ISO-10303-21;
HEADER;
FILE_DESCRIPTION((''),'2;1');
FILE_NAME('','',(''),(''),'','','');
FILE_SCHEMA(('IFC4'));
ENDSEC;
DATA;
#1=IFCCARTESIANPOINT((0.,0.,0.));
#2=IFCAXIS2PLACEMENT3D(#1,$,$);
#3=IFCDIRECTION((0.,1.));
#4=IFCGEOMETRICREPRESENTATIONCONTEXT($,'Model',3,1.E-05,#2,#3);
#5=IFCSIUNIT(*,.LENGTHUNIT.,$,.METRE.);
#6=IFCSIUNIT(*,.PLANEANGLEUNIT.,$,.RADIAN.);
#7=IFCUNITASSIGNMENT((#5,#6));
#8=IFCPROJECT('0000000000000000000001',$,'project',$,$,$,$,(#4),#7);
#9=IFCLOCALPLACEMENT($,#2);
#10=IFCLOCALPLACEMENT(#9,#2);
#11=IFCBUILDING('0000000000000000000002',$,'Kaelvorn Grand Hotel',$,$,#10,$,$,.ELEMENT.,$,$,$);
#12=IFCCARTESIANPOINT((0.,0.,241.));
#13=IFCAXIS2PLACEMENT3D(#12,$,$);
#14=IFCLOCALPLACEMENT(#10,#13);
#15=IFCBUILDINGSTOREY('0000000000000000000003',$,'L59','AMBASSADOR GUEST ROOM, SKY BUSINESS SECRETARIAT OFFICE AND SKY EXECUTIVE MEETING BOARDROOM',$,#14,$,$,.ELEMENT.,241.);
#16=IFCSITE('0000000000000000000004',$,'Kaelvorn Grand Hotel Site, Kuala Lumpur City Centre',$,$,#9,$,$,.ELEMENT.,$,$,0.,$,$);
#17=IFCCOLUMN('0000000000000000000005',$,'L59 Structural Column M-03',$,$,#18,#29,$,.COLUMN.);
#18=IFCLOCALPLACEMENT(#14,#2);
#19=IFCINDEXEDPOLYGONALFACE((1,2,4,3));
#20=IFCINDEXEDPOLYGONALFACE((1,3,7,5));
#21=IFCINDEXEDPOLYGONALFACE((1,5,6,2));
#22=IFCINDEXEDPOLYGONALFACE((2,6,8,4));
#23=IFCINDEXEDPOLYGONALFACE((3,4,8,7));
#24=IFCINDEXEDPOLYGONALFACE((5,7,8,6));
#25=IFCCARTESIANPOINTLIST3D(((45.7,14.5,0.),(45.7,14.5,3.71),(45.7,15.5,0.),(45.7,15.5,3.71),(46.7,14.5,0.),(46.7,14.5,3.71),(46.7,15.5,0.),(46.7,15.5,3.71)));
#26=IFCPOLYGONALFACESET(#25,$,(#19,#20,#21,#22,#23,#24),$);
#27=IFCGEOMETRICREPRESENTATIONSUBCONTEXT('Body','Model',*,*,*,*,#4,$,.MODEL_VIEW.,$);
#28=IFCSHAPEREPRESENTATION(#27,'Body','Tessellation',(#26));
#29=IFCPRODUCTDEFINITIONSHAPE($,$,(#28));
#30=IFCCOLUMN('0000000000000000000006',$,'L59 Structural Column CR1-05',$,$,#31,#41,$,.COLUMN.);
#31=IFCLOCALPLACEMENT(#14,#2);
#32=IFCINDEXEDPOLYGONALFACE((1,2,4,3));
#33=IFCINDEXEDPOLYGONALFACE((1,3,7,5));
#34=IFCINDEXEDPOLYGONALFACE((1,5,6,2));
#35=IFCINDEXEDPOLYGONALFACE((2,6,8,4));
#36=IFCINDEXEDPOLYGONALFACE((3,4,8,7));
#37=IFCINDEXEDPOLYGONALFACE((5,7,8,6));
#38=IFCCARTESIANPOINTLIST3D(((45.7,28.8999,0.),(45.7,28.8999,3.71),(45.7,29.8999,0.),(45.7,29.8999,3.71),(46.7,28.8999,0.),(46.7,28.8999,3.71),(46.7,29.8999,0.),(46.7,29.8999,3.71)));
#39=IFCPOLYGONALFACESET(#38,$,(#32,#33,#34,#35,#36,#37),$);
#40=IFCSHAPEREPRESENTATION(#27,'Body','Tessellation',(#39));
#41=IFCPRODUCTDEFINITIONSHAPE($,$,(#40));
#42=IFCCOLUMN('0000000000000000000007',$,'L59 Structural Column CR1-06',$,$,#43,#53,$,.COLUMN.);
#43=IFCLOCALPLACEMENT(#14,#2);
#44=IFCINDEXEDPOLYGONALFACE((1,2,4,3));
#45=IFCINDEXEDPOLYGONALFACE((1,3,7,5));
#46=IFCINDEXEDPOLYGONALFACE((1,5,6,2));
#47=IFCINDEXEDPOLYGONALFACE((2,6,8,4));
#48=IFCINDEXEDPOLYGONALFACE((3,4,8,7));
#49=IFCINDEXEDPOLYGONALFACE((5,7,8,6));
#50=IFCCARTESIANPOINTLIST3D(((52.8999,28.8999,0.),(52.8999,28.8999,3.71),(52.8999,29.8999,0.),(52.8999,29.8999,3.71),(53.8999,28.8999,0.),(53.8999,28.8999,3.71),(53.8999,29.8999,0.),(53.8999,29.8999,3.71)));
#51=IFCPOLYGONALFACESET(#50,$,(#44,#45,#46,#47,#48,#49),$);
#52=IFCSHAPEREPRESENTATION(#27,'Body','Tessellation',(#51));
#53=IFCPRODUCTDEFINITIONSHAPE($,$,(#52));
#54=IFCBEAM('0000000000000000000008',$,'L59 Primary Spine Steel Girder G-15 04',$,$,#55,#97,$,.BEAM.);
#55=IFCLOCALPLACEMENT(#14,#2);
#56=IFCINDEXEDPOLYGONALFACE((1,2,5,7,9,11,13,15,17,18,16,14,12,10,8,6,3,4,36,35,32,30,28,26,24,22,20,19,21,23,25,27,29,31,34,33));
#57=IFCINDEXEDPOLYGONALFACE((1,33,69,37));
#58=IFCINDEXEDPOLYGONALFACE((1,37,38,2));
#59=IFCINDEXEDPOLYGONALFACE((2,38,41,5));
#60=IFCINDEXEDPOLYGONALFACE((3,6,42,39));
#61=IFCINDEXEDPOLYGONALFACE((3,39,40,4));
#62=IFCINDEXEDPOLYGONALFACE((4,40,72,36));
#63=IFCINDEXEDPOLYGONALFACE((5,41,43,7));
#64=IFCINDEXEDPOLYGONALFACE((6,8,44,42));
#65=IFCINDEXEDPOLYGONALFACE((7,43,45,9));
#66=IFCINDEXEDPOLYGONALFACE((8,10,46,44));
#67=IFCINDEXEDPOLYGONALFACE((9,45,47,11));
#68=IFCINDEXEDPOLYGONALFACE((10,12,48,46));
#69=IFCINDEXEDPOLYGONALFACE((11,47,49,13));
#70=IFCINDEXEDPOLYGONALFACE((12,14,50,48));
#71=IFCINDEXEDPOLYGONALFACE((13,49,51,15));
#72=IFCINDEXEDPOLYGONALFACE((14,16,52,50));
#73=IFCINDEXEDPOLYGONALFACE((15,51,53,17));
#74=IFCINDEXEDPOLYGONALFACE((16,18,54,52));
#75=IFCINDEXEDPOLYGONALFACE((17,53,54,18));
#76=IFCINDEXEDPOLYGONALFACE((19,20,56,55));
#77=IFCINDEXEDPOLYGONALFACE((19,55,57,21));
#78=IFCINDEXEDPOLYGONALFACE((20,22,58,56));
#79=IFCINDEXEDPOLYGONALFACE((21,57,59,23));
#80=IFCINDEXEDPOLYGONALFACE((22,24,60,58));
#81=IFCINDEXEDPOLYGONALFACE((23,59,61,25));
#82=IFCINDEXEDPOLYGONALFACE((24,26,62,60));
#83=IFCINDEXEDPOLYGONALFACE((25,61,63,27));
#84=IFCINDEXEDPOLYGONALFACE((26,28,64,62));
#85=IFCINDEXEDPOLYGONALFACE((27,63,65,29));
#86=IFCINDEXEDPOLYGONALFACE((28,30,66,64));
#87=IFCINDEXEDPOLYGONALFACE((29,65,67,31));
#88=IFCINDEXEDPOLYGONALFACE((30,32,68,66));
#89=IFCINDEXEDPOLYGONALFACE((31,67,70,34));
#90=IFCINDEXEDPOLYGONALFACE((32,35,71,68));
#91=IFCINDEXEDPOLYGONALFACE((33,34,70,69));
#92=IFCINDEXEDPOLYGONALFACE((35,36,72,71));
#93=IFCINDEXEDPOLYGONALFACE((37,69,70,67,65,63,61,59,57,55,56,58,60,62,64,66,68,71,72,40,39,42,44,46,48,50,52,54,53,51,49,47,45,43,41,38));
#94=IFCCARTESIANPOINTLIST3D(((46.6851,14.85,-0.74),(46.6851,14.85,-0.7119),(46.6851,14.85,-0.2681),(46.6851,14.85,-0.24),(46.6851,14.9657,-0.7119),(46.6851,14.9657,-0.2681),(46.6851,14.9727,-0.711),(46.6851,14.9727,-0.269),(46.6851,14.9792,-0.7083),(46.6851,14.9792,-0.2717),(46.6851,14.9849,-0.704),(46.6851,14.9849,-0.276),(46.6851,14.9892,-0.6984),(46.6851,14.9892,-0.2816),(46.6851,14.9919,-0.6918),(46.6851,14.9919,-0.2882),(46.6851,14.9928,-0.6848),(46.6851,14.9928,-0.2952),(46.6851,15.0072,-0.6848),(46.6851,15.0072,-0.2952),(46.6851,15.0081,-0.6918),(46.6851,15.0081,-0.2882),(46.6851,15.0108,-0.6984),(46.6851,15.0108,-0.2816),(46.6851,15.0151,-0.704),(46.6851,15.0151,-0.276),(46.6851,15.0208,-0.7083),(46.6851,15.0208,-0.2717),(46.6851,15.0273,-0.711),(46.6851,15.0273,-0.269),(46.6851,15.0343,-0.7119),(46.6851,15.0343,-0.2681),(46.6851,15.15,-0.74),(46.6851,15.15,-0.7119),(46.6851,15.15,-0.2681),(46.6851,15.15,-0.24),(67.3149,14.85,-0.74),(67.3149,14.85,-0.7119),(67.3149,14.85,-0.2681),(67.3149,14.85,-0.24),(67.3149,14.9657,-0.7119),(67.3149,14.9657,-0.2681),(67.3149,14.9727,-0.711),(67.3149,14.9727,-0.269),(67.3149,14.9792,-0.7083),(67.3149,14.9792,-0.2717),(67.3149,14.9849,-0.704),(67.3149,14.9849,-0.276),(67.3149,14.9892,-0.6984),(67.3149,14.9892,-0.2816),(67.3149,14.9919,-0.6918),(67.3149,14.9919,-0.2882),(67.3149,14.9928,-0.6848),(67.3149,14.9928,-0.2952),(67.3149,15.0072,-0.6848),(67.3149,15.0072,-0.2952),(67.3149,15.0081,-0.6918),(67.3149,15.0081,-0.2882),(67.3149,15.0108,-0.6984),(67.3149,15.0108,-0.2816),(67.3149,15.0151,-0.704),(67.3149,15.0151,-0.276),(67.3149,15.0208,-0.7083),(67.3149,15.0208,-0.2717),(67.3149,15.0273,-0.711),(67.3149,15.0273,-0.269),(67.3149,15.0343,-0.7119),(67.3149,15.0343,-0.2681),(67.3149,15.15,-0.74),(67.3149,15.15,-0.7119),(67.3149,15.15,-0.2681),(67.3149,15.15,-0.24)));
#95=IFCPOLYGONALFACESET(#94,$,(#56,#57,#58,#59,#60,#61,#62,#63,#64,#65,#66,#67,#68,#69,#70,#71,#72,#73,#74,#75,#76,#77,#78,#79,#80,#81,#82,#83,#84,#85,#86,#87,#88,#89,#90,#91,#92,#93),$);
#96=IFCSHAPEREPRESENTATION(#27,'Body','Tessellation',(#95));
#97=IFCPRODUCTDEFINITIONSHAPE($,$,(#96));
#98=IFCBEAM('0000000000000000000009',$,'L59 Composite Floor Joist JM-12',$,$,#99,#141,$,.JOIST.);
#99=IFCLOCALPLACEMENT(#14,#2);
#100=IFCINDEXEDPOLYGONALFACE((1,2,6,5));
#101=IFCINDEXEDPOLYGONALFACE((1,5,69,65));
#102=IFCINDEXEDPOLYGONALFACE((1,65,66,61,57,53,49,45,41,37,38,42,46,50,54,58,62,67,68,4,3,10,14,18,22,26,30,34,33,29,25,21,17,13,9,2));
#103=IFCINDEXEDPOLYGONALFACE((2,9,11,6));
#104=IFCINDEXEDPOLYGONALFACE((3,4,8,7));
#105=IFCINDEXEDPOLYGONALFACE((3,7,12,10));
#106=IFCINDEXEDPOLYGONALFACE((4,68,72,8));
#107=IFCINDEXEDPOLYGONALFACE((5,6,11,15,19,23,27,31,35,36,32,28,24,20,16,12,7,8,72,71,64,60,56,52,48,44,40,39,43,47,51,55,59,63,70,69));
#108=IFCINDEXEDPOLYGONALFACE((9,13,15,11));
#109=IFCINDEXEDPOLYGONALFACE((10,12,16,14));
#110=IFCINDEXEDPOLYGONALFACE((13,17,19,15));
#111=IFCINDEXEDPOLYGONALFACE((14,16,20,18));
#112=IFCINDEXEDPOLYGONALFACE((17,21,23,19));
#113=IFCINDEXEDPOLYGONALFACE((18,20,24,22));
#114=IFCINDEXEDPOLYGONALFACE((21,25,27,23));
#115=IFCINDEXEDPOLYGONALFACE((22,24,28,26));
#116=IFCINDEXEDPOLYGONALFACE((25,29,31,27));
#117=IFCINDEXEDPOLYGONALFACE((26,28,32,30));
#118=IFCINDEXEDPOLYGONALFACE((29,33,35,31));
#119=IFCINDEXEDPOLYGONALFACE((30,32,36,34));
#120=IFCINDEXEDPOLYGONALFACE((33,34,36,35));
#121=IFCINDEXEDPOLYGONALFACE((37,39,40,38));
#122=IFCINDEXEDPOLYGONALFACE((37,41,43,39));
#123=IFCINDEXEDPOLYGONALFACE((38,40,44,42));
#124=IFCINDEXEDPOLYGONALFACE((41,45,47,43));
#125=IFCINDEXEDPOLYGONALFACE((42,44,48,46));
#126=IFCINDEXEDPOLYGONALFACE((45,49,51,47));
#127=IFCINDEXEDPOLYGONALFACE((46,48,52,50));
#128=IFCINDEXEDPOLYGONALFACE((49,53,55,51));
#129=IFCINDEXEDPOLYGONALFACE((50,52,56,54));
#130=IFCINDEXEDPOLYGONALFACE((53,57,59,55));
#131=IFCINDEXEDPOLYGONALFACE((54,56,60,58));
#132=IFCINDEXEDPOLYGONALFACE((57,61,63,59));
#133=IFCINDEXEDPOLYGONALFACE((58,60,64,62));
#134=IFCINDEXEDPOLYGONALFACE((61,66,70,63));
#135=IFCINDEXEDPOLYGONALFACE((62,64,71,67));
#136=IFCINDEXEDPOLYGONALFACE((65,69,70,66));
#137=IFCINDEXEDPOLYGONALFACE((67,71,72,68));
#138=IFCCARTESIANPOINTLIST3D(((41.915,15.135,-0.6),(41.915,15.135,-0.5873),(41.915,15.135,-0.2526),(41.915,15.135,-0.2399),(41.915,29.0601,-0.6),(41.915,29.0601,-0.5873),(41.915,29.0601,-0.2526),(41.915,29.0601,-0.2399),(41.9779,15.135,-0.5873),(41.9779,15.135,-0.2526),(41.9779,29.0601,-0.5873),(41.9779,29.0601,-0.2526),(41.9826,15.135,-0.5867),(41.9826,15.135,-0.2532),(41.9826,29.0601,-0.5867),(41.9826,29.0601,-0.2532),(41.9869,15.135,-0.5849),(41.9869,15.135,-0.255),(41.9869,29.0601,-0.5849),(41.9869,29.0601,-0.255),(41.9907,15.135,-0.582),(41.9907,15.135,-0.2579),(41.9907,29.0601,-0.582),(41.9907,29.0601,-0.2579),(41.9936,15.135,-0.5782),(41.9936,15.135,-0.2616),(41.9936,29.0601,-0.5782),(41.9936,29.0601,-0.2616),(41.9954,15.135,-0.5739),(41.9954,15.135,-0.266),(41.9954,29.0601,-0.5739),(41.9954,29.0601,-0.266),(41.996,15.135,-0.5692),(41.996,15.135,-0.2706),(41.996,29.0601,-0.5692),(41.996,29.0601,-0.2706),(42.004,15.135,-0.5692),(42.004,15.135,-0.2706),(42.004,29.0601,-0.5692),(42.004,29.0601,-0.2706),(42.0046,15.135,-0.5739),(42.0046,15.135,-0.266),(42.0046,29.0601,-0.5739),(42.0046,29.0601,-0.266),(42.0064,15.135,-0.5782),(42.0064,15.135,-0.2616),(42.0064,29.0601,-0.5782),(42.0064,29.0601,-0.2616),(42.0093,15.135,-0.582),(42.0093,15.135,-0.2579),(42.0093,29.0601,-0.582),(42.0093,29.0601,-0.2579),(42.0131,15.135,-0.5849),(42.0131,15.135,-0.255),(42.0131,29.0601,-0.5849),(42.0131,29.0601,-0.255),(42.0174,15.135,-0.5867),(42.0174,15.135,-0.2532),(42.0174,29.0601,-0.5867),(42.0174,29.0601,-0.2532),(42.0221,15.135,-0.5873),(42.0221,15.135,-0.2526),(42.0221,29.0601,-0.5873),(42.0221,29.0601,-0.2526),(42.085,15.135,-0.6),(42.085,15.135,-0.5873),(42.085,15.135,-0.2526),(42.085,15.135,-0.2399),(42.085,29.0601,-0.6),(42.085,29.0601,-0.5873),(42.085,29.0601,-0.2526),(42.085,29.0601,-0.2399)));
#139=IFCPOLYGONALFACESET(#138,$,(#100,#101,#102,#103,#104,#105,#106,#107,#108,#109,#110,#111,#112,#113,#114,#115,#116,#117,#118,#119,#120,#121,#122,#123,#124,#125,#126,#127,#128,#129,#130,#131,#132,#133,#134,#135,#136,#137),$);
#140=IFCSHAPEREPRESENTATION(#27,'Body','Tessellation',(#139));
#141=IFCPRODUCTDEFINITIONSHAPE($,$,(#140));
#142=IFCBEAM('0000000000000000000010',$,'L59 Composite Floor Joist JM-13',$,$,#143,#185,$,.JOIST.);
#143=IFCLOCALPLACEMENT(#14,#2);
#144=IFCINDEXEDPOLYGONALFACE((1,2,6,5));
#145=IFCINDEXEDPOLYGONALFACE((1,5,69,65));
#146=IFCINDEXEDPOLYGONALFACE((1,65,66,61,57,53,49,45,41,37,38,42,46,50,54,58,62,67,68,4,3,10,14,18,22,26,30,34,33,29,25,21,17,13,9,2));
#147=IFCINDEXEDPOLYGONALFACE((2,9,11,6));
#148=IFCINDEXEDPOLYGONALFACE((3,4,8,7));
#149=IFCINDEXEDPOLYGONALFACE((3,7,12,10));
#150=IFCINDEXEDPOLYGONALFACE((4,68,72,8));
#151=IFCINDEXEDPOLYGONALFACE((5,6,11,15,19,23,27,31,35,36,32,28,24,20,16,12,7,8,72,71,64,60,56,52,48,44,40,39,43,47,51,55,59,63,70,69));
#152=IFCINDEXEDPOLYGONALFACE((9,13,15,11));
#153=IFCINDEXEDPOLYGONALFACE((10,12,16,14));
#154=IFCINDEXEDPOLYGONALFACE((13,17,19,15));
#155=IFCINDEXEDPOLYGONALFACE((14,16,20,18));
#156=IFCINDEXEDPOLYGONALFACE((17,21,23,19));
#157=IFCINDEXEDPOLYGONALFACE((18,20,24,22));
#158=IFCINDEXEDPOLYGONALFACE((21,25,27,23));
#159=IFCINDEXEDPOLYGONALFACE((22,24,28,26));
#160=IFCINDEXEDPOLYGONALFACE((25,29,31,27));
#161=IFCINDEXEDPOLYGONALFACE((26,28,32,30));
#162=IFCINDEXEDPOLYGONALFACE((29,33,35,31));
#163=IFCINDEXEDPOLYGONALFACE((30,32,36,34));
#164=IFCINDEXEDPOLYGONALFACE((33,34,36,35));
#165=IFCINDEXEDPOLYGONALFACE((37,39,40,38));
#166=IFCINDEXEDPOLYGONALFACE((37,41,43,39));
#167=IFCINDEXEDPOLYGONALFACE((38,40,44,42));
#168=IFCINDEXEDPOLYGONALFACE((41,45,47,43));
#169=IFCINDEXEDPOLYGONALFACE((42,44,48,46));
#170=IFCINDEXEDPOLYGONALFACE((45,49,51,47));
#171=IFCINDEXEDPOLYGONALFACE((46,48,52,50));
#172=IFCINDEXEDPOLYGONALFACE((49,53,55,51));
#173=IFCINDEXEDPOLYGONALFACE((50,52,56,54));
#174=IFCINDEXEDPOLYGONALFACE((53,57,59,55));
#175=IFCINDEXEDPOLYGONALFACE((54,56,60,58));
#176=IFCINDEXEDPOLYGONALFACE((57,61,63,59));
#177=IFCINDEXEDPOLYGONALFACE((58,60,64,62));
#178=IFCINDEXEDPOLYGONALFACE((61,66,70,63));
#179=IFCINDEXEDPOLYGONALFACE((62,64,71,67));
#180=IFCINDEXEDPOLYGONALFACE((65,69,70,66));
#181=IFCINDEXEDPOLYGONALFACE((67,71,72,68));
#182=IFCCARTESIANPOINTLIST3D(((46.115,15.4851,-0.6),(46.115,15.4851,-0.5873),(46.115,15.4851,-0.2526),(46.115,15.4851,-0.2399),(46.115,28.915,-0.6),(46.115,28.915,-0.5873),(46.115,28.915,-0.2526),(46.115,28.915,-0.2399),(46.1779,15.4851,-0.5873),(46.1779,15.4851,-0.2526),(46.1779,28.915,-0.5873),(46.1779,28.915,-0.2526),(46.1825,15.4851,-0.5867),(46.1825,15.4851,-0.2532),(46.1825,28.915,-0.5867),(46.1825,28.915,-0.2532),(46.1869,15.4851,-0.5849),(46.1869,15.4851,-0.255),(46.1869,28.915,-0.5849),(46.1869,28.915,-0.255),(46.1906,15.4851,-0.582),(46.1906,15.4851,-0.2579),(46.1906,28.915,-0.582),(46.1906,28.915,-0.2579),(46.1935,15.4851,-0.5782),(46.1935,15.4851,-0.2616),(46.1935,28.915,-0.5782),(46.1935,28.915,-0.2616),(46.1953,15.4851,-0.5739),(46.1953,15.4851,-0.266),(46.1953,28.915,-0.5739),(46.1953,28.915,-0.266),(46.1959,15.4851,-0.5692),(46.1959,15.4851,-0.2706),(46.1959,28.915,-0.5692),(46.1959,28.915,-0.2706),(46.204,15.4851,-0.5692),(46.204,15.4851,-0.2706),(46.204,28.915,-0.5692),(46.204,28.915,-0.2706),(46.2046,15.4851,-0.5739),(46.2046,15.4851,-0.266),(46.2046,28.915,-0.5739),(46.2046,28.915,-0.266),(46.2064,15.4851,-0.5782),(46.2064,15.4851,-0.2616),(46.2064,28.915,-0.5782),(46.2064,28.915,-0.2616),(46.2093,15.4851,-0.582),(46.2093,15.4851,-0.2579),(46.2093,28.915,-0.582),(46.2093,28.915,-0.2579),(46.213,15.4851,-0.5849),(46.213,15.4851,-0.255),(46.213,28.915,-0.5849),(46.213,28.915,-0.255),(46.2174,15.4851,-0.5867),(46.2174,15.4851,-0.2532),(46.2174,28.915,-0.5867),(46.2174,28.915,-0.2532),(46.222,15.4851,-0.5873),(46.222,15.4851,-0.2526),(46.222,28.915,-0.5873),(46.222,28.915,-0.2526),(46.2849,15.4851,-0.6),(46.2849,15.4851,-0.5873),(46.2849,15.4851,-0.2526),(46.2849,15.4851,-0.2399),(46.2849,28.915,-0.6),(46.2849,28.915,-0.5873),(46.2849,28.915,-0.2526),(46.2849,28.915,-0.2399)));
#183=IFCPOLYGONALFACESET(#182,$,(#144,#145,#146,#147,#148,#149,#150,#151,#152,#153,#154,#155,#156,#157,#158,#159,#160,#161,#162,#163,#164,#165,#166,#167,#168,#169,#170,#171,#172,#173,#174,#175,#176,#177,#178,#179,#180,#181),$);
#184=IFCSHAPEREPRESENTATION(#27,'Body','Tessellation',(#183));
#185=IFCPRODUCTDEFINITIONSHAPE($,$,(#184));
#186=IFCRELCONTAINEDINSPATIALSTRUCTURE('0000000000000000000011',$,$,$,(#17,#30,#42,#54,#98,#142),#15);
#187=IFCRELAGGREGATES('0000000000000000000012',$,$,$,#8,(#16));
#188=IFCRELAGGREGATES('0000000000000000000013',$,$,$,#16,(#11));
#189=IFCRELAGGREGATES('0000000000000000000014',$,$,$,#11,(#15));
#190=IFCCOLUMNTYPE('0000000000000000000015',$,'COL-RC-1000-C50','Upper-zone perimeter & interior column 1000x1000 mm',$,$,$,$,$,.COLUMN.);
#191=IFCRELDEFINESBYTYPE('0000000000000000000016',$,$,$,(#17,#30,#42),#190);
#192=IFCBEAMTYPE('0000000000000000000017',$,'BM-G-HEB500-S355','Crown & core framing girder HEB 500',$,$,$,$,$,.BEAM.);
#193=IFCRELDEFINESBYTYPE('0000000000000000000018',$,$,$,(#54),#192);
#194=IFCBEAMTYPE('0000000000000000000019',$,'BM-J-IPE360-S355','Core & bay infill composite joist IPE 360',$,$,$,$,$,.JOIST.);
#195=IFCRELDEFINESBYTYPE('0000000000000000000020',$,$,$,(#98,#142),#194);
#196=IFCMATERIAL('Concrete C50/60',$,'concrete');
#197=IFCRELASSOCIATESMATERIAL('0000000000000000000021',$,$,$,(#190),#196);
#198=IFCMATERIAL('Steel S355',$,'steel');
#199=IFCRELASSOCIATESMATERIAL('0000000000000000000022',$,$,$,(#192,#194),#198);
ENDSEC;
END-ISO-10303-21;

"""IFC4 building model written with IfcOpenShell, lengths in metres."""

from ifc_helpers import new_model, si_unit, direction, frame, origin, origin_2d, place, context, subcontext, project, spatial, rectangle, i_section, extrude, material, material_profile, profile_set, type_object, element, save


model = new_model("IFC4")

# Units and contexts
model_context = context("Model", 3, precision=1e-05, world=origin(), true_north=direction((0.0, 1.0)))
body_context = subcontext(model_context, "Body", "Model", "MODEL_VIEW")
ifc_project = project(units=[si_unit("LENGTHUNIT", "METRE"), si_unit("PLANEANGLEUNIT", "RADIAN")], contexts=[model_context])

# Site, building, storey
site_placement = place(None, origin())
site = spatial("IfcSite", under=ifc_project, at=site_placement, Name="Kaelvorn Grand Hotel Site, Kuala Lumpur City Centre", CompositionType="ELEMENT", RefElevation=0.0)
building_placement = place(site_placement, origin())
building = spatial("IfcBuilding", under=site, at=building_placement, Name="Kaelvorn Grand Hotel", CompositionType="ELEMENT")
storey_placement = place(building_placement, frame((0.0, 0.0, 241.0)))
storey = spatial("IfcBuildingStorey", under=building, at=storey_placement, Name="L59", Description="AMBASSADOR GUEST ROOM, SKY BUSINESS SECRETARIAT OFFICE AND SKY EXECUTIVE MEETING BOARDROOM", CompositionType="ELEMENT", Elevation=241.0)

# Columns
ifc_material_1 = material(Name="Concrete C50/60", Category="concrete")
ifc_material_profile_1 = material_profile(ifc_material_1, rectangle(XDim=1.0, YDim=1.0, at=origin_2d()), Name="RC COL 1000x1000")
ifc_profile_set_1 = profile_set([ifc_material_profile_1], Name="Concrete C50/60")
column_type = type_object("IfcColumnType", Name="COL-RC-1000-C50", Description="Upper-zone perimeter & interior column 1000x1000 mm", PredefinedType="COLUMN", material=ifc_profile_set_1)
for number, where, z_axis, x_axis, name in (
    (1, (46.2, 15.0, 0.0), (0.0, 0.0, 1.0), (1.0, 0.0, 0.0), "L59 Structural Column M-03"),
    (2, (46.2, 29.3999, 0.0), (0.0, 0.0, 1.0), (1.0, 0.0, 0.0), "L59 Structural Column CR1-05"),
    (3, (53.3999, 29.3999, 0.0), (0.0, 0.0, 1.0), (1.0, 0.0, 0.0), "L59 Structural Column CR1-06"),
):
    element("IfcColumn", number, at=place(storey_placement, frame(where, z_axis=z_axis, x_axis=x_axis)), inside=storey, type_object=column_type, Name=name, PredefinedType="COLUMN", context=body_context, shape_type="SweptSolid", body=[
        extrude(rectangle(XDim=1.0, YDim=1.0, at=origin_2d()), origin(), (0.0, 0.0, 1.0), 3.71),
    ])

# Beams
ifc_material_2 = material(Name="Steel S355", Category="steel")
ifc_material_profile_2 = material_profile(ifc_material_2, i_section(OverallWidth=0.3, OverallDepth=0.5, WebThickness=0.0144, FlangeThickness=0.0281, FilletRadius=0.0271, at=origin_2d()), Name="HEB 500")
ifc_profile_set_2 = profile_set([ifc_material_profile_2], Name="Steel S355")
beam_type_1 = type_object("IfcBeamType", Name="BM-G-HEB500-S355", Description="Crown & core framing girder HEB 500", PredefinedType="BEAM", material=ifc_profile_set_2)
beam_1_placement = place(storey_placement, frame((46.6851, 15.0, -0.49), z_axis=(1.0, 0.0, 0.0), x_axis=(0.0, 1.0, 0.0)))
element("IfcBeam", 4, at=beam_1_placement, inside=storey, type_object=beam_type_1, Name="L59 Primary Spine Steel Girder G-15 04", PredefinedType="BEAM", context=body_context, shape_type="SweptSolid", body=[
    extrude(i_section(OverallWidth=0.3, OverallDepth=0.5, WebThickness=0.0144, FlangeThickness=0.0281, FilletRadius=0.0271, at=origin_2d()), origin(), (0.0, 0.0, 1.0), 20.6299),
])
ifc_material_profile_3 = material_profile(ifc_material_2, i_section(OverallWidth=0.1699, OverallDepth=0.3601, WebThickness=0.0081, FlangeThickness=0.0127, FilletRadius=0.0181, at=origin_2d()), Name="IPE 360")
ifc_profile_set_3 = profile_set([ifc_material_profile_3], Name="Steel S355")
beam_type_2 = type_object("IfcBeamType", Name="BM-J-IPE360-S355", Description="Core & bay infill composite joist IPE 360", PredefinedType="JOIST", material=ifc_profile_set_3)
beam_2_placement = place(storey_placement, frame((42.0, 15.135, -0.4199), z_axis=(0.0, 1.0, 0.0), x_axis=(-1.0, 0.0, 0.0)))
element("IfcBeam", 5, at=beam_2_placement, inside=storey, type_object=beam_type_2, Name="L59 Composite Floor Joist JM-12", PredefinedType="JOIST", context=body_context, shape_type="SweptSolid", body=[
    extrude(i_section(OverallWidth=0.1699, OverallDepth=0.3601, WebThickness=0.0081, FlangeThickness=0.0127, FilletRadius=0.0181, at=origin_2d()), origin(), (0.0, 0.0, 1.0), 13.925),
])
beam_3_placement = place(storey_placement, frame((46.2, 15.4851, -0.4199), z_axis=(0.0, 1.0, 0.0), x_axis=(-1.0, 0.0, 0.0)))
element("IfcBeam", 6, at=beam_3_placement, inside=storey, type_object=beam_type_2, Name="L59 Composite Floor Joist JM-13", PredefinedType="JOIST", context=body_context, shape_type="SweptSolid", body=[
    extrude(i_section(OverallWidth=0.1699, OverallDepth=0.3601, WebThickness=0.0081, FlangeThickness=0.0127, FilletRadius=0.0181, at=origin_2d()), origin(), (0.0, 0.0, 1.0), 13.4299),
])

save(model, "model.ifc")
